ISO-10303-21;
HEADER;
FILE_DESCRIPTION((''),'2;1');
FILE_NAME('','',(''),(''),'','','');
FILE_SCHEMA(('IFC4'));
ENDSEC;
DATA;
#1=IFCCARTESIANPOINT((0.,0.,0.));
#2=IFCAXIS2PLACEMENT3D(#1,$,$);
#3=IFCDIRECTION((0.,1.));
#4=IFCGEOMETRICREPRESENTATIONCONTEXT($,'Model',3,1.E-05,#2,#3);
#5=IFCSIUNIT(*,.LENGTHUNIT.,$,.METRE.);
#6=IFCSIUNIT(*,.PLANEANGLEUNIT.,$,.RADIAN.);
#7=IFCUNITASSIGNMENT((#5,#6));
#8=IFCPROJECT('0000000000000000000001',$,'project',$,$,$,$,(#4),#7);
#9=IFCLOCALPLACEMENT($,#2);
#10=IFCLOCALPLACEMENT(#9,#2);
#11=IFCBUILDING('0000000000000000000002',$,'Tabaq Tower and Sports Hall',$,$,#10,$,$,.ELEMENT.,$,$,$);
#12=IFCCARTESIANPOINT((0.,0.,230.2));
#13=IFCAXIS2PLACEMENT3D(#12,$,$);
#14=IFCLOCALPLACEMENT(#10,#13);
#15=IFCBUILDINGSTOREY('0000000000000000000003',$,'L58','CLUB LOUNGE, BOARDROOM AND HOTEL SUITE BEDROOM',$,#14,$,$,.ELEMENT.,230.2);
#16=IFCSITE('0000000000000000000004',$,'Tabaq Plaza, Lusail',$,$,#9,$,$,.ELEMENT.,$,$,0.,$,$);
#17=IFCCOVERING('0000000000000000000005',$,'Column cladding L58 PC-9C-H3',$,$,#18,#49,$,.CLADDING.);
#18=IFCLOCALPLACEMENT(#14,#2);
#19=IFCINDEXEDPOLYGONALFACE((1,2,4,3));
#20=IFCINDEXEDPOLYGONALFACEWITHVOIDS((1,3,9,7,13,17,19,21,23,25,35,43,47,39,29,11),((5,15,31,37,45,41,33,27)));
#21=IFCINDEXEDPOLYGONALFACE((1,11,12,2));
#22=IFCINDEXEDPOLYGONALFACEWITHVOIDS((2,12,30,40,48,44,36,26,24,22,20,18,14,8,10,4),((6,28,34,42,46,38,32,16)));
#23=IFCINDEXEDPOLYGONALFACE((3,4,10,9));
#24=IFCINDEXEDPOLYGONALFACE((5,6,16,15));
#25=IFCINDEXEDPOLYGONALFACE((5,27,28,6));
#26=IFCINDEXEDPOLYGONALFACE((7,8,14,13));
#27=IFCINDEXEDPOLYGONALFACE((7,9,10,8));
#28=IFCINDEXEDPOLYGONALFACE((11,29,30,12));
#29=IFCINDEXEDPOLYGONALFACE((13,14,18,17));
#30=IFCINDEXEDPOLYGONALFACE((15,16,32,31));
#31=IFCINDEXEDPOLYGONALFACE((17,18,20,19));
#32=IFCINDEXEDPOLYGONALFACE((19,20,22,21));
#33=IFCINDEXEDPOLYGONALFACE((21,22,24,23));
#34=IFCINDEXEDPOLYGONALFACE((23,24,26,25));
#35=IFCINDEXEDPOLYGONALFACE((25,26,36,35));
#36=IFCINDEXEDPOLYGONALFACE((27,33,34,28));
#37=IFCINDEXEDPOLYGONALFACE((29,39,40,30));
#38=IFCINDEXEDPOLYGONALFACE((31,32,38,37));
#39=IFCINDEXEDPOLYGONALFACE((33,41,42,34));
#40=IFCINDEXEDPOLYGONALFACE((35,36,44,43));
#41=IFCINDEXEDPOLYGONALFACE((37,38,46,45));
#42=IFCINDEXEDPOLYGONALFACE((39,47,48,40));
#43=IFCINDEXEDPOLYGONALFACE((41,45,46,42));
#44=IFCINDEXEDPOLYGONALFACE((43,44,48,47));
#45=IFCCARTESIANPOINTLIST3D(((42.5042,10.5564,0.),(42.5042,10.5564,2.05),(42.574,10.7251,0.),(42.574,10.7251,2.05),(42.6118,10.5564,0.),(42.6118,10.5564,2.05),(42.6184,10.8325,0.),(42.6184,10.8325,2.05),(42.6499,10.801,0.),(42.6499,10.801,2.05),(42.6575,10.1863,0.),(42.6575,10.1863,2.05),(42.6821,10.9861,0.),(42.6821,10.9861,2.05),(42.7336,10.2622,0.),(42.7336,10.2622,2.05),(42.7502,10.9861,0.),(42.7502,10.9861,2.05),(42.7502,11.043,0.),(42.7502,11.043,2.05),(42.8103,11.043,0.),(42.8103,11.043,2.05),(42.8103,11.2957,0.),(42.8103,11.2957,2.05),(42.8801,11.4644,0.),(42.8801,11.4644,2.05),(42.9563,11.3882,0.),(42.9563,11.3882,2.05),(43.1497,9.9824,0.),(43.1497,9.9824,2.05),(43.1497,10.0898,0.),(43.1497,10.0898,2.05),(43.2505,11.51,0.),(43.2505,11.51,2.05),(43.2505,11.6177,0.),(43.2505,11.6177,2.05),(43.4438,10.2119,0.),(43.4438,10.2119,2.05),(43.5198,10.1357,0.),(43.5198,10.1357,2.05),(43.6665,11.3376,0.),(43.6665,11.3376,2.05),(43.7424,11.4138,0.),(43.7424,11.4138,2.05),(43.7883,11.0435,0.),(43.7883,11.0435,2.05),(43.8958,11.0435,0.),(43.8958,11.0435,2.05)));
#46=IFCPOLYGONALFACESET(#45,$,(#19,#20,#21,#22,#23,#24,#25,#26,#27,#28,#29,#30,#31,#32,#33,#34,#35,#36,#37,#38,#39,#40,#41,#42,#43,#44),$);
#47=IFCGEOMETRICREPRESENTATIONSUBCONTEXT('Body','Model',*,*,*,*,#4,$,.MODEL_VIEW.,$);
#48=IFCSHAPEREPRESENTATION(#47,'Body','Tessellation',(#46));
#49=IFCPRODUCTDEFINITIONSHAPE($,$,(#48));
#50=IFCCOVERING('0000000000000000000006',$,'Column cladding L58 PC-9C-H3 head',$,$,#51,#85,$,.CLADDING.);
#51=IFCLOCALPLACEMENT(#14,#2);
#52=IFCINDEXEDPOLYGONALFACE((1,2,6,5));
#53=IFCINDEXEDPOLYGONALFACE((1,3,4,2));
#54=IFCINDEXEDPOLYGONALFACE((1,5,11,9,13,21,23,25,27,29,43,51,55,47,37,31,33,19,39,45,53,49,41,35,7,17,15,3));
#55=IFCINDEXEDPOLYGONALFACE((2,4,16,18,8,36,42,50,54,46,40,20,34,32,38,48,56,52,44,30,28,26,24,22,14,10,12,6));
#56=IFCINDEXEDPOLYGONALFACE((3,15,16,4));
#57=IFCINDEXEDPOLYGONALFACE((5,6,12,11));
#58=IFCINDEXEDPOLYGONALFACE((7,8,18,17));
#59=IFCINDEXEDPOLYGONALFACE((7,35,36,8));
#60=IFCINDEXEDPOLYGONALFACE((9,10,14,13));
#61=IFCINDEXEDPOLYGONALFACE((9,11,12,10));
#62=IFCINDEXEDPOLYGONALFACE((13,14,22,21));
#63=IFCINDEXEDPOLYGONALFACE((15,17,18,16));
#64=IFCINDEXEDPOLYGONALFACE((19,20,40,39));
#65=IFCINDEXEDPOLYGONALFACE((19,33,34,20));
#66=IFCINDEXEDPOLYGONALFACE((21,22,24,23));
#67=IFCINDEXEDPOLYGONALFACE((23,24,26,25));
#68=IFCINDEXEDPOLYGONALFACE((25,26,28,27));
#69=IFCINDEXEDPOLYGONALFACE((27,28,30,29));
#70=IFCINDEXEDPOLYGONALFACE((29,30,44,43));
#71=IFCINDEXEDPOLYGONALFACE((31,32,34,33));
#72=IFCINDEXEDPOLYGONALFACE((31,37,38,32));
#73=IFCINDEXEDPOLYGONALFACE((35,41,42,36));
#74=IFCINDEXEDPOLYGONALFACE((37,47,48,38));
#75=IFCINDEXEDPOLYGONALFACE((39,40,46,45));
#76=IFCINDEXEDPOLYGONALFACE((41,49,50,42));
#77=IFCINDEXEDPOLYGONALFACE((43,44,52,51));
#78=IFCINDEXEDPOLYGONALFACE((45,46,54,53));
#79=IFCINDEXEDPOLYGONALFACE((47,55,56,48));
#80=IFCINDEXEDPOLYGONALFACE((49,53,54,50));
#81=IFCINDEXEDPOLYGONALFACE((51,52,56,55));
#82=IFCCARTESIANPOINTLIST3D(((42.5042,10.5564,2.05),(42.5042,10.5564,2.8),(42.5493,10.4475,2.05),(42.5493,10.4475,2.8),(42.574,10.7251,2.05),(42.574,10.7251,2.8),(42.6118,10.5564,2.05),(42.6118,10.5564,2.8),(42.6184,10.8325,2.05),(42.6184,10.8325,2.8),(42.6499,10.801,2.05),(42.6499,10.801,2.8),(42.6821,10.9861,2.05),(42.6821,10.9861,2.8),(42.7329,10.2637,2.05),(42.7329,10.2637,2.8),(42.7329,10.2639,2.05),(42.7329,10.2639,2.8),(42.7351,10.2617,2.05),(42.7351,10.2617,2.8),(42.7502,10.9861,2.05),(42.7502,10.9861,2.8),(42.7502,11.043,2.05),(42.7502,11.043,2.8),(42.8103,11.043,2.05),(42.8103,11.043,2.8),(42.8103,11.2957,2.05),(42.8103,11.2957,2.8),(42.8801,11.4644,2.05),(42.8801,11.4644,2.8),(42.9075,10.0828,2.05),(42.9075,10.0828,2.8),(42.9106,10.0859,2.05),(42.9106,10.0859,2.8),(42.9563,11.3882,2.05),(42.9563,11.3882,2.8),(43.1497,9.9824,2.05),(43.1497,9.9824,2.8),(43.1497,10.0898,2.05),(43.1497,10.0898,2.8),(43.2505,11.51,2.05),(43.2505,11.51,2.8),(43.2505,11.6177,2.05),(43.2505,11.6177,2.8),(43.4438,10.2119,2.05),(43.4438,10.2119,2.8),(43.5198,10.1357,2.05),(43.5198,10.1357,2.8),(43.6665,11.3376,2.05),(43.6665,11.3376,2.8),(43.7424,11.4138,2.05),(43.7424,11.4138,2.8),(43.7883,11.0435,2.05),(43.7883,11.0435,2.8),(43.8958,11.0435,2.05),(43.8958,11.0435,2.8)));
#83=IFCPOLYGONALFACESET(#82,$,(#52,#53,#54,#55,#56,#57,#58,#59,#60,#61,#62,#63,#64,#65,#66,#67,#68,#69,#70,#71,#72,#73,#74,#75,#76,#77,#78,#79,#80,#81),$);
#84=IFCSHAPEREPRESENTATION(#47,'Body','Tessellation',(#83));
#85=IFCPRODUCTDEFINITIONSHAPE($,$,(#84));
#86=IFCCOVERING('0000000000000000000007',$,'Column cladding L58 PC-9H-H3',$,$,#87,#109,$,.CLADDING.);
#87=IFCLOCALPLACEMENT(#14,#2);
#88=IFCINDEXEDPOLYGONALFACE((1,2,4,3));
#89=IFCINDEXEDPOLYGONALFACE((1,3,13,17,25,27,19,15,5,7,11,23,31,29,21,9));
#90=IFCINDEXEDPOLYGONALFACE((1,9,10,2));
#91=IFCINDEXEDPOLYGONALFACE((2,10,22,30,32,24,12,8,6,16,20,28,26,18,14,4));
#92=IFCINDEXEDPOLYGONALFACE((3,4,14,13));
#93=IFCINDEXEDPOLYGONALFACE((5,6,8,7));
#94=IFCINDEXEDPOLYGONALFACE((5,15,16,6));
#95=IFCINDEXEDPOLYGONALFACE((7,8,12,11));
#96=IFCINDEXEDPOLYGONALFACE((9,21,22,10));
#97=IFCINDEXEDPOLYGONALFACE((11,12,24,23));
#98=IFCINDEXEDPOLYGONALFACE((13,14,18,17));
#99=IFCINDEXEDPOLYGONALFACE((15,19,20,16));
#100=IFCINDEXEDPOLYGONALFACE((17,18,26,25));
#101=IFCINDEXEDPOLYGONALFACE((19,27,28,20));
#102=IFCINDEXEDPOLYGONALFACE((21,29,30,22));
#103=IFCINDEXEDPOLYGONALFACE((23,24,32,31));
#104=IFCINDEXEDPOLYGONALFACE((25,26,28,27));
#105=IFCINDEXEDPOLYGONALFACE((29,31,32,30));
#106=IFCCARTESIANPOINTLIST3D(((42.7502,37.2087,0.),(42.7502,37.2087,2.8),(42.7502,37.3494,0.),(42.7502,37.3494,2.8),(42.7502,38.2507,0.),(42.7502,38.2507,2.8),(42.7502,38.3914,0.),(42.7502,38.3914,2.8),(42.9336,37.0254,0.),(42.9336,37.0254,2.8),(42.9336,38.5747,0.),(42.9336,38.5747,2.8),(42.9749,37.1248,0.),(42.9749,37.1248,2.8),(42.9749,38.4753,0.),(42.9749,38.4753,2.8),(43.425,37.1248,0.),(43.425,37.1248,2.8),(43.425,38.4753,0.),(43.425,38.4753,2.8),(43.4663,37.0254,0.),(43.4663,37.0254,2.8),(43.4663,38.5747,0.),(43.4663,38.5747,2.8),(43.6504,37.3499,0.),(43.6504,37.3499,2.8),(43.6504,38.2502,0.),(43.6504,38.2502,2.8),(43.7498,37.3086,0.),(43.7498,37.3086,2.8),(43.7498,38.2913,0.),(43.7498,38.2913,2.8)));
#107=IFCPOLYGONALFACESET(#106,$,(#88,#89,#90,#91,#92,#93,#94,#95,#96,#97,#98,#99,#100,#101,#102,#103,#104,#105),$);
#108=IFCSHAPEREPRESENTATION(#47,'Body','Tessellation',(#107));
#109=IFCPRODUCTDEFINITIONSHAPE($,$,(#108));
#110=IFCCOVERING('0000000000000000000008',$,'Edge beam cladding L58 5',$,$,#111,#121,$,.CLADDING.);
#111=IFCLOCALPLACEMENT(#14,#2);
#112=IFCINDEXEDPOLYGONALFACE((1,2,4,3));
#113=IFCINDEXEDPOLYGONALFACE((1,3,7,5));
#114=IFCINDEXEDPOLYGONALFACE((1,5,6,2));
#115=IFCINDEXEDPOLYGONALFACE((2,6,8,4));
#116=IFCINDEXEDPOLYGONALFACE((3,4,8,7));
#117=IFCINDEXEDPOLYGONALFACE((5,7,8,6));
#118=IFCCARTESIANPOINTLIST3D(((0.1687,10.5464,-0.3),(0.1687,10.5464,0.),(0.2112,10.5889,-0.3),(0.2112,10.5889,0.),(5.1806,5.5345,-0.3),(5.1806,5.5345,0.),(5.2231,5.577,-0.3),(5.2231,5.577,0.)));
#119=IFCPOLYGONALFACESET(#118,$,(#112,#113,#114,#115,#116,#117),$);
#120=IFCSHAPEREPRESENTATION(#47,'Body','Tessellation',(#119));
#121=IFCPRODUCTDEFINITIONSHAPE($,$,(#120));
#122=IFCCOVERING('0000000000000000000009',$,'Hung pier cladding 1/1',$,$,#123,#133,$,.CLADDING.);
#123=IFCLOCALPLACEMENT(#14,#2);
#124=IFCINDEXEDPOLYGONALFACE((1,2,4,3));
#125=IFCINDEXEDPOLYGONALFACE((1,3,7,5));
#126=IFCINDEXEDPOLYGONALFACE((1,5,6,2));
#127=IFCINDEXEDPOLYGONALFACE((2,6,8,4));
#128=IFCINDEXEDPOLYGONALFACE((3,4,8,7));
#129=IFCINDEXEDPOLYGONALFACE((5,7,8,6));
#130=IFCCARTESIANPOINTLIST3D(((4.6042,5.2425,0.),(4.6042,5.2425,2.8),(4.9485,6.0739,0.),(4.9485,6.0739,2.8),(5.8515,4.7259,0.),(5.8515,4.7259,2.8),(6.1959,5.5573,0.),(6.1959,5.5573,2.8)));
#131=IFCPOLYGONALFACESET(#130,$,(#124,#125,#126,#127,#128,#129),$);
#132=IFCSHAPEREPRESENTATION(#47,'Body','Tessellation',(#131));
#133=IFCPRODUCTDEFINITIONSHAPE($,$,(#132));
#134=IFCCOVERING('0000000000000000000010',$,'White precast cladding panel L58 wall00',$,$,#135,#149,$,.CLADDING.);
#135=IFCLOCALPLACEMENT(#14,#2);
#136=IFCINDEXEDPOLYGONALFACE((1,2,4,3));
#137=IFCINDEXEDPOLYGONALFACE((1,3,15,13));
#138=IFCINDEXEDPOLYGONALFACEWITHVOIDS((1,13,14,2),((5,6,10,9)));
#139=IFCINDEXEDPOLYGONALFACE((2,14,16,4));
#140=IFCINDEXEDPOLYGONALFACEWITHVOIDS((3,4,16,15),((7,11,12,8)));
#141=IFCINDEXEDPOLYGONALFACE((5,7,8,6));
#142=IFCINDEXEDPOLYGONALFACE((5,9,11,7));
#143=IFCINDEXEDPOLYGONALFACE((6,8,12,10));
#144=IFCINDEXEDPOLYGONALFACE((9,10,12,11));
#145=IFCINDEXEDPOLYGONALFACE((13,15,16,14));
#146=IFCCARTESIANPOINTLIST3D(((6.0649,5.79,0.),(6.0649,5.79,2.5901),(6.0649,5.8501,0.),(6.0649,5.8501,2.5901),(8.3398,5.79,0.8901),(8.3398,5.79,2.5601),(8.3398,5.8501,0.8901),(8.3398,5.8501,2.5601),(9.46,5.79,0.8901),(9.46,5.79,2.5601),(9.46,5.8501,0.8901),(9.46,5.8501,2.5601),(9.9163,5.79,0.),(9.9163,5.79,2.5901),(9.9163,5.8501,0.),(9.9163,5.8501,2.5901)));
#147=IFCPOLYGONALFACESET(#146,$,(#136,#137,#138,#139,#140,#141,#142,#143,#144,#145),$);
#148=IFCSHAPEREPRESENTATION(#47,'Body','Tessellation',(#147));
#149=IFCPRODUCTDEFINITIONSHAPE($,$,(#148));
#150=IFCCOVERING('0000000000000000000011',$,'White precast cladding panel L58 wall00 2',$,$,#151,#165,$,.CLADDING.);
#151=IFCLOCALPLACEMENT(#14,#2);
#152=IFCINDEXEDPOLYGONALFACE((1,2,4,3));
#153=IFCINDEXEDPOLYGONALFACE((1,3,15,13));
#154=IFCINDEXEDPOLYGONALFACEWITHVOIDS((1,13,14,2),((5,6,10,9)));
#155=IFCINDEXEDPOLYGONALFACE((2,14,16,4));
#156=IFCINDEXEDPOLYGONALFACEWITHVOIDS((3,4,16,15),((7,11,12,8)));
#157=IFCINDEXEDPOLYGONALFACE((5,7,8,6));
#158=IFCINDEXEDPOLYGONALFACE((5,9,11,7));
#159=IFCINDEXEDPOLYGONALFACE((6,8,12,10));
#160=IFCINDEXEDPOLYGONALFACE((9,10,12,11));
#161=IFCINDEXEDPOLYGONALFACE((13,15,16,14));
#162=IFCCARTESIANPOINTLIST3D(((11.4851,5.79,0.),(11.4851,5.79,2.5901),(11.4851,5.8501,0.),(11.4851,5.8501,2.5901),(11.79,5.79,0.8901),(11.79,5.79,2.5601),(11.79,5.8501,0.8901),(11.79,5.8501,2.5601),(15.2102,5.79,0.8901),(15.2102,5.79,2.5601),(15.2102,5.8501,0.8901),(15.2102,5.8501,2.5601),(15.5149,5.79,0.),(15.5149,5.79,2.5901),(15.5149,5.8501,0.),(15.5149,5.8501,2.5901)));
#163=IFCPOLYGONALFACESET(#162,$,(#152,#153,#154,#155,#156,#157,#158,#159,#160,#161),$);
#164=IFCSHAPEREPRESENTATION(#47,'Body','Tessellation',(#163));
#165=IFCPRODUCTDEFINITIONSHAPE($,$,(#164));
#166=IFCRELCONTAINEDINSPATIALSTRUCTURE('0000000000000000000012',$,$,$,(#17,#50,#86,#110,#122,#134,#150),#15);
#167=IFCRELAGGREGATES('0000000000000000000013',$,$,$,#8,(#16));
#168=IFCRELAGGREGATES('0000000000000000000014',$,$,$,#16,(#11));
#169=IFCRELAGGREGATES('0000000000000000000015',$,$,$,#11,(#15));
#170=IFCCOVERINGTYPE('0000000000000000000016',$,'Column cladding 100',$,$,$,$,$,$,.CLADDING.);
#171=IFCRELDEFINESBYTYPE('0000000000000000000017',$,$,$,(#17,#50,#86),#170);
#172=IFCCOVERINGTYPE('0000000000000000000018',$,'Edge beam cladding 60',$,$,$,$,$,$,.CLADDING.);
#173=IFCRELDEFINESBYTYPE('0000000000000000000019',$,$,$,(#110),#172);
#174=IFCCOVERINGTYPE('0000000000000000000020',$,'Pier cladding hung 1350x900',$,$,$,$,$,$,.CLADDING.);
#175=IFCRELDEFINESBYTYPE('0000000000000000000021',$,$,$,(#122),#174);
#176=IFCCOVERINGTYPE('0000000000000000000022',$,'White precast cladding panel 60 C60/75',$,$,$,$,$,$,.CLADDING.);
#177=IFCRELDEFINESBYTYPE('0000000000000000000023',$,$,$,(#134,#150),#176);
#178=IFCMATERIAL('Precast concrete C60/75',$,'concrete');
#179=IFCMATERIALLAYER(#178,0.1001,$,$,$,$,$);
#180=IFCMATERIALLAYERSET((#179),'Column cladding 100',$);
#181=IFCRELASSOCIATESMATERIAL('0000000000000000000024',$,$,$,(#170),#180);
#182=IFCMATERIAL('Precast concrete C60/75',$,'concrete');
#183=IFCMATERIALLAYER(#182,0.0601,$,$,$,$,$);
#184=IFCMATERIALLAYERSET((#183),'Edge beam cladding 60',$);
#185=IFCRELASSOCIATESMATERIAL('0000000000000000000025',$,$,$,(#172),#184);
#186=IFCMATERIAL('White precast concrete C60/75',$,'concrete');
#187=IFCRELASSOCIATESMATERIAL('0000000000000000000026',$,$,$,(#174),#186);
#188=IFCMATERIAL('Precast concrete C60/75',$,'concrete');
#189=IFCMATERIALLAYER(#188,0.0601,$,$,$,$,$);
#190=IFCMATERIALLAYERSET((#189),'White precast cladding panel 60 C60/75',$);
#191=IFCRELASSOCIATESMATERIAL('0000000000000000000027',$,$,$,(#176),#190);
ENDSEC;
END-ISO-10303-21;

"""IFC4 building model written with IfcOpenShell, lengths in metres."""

from ifc_helpers import new_model, si_unit, direction, frame, frame_2d, origin, place, context, subcontext, project, spatial, polyline, rectangle, outline, extrude, material, layer, layer_set, type_object, element, save


model = new_model("IFC4")

# Units and contexts
model_context = context("Model", 3, precision=1e-05, world=origin(), true_north=direction((0.0, 1.0)))
body_context = subcontext(model_context, "Body", "Model", "MODEL_VIEW")
ifc_project = project(units=[si_unit("LENGTHUNIT", "METRE"), si_unit("PLANEANGLEUNIT", "RADIAN")], contexts=[model_context])

# Site, building, storey
site_placement = place(None, origin())
site = spatial("IfcSite", under=ifc_project, at=site_placement, Name="Tabaq Plaza, Lusail", CompositionType="ELEMENT", RefElevation=0.0)
building_placement = place(site_placement, origin())
building = spatial("IfcBuilding", under=site, at=building_placement, Name="Tabaq Tower and Sports Hall", CompositionType="ELEMENT")
storey_placement = place(building_placement, frame((0.0, 0.0, 230.2)))
storey = spatial("IfcBuildingStorey", under=building, at=storey_placement, Name="L58", Description="CLUB LOUNGE, BOARDROOM AND HOTEL SUITE BEDROOM", CompositionType="ELEMENT", Elevation=230.2)

# Coverings
ifc_material_1 = material(Name="Precast concrete C60/75", Category="concrete")
ifc_layer_1 = layer(ifc_material_1, 0.1001)
ifc_layer_set_1 = layer_set([ifc_layer_1], Name="Column cladding 100")
covering_type_1 = type_object("IfcCoveringType", Name="Column cladding 100", PredefinedType="CLADDING", material=ifc_layer_set_1)
covering_1_placement = place(storey_placement, origin())
element("IfcCovering", 1, at=covering_1_placement, inside=storey, type_object=covering_type_1, Name="Column cladding L58 PC-9C-H3", PredefinedType="CLADDING", context=body_context, shape_type="SweptSolid", body=[
    extrude(outline(polyline([(42.6575, 10.1863), (42.5042, 10.5564), (42.574, 10.7251), (42.6499, 10.801), (42.6184, 10.8325), (42.6821, 10.9861), (42.7502, 10.9861), (42.7502, 11.043), (42.8103, 11.043), (42.8103, 11.2957), (42.8801, 11.4644), (43.2505, 11.6177), (43.7424, 11.4138), (43.8958, 11.0435), (43.5198, 10.1357), (43.1497, 9.9824), (42.6575, 10.1863)]), holes=[polyline([(43.6665, 11.3376), (43.2505, 11.51), (42.9563, 11.3882), (42.6118, 10.5564), (42.7336, 10.2622), (43.1497, 10.0898), (43.4438, 10.2119), (43.7883, 11.0435), (43.6665, 11.3376)])]), origin(), (0.0, 0.0, 1.0), 2.05),
])
covering_2_placement = place(storey_placement, frame((0.0, 0.0, 2.05)))
element("IfcCovering", 2, at=covering_2_placement, inside=storey, type_object=covering_type_1, Name="Column cladding L58 PC-9C-H3 head", PredefinedType="CLADDING", context=body_context, shape_type="SweptSolid", body=[
    extrude(outline(polyline([(42.5042, 10.5564), (42.574, 10.7251), (42.6499, 10.801), (42.6184, 10.8325), (42.6821, 10.9861), (42.7502, 10.9861), (42.7502, 11.043), (42.8103, 11.043), (42.8103, 11.2957), (42.8801, 11.4644), (43.2505, 11.6177), (43.7424, 11.4138), (43.8958, 11.0435), (43.5198, 10.1357), (43.1497, 9.9824), (42.9075, 10.0828), (42.9106, 10.0859), (42.7351, 10.2617), (43.1497, 10.0898), (43.4438, 10.2119), (43.7883, 11.0435), (43.6665, 11.3376), (43.2505, 11.51), (42.9563, 11.3882), (42.6118, 10.5564), (42.7329, 10.2639), (42.7329, 10.2637), (42.5493, 10.4475), (42.5042, 10.5564)])), origin(), (0.0, 0.0, 1.0), 0.75),
])
covering_3_placement = place(storey_placement, origin())
element("IfcCovering", 3, at=covering_3_placement, inside=storey, type_object=covering_type_1, Name="Column cladding L58 PC-9H-H3", PredefinedType="CLADDING", context=body_context, shape_type="SweptSolid", body=[
    extrude(outline(polyline([(42.9336, 37.0254), (42.7502, 37.2087), (42.7502, 37.3494), (42.9749, 37.1248), (43.425, 37.1248), (43.6504, 37.3499), (43.6504, 38.2502), (43.425, 38.4753), (42.9749, 38.4753), (42.7502, 38.2507), (42.7502, 38.3914), (42.9336, 38.5747), (43.4663, 38.5747), (43.7498, 38.2913), (43.7498, 37.3086), (43.4663, 37.0254), (42.9336, 37.0254)])), origin(), (0.0, 0.0, 1.0), 2.8),
])
ifc_material_2 = material(Name="Precast concrete C60/75", Category="concrete")
ifc_layer_2 = layer(ifc_material_2, 0.0601)
ifc_layer_set_2 = layer_set([ifc_layer_2], Name="Edge beam cladding 60")
covering_type_2 = type_object("IfcCoveringType", Name="Edge beam cladding 60", PredefinedType="CLADDING", material=ifc_layer_set_2)
covering_4_placement = place(storey_placement, frame((0.1899, 10.5676, -0.3), z_axis=(0.0, 0.0, 1.0), x_axis=(0.707107, -0.707107, 0.0)))
element("IfcCovering", 4, at=covering_4_placement, inside=storey, type_object=covering_type_2, Name="Edge beam cladding L58 5", PredefinedType="CLADDING", context=body_context, shape_type="SweptSolid", body=[
    extrude(rectangle(XDim=7.0879, YDim=0.0601, at=frame_2d((3.5439, 0.0))), origin(), (0.0, 0.0, 1.0), 0.3),
])
ifc_material_3 = material(Name="White precast concrete C60/75", Category="concrete")
covering_type_3 = type_object("IfcCoveringType", Name="Pier cladding hung 1350x900", PredefinedType="CLADDING", material=ifc_material_3)
covering_5_placement = place(storey_placement, frame((4.7764, 5.6582, 0.0), z_axis=(0.0, 0.0, 1.0), x_axis=(0.923893, -0.38265, 0.0)))
element("IfcCovering", 5, at=covering_5_placement, inside=storey, type_object=covering_type_3, Name="Hung pier cladding 1/1", PredefinedType="CLADDING", context=body_context, shape_type="SweptSolid", body=[
    extrude(rectangle(XDim=1.3501, YDim=0.8999, at=frame_2d((0.675, 0.0))), origin(), (0.0, 0.0, 1.0), 2.8),
])
ifc_material_4 = material(Name="Precast concrete C60/75", Category="concrete")
ifc_layer_3 = layer(ifc_material_4, 0.0601)
ifc_layer_set_3 = layer_set([ifc_layer_3], Name="White precast cladding panel 60 C60/75")
covering_type_4 = type_object("IfcCoveringType", Name="White precast cladding panel 60 C60/75", PredefinedType="CLADDING", material=ifc_layer_set_3)
covering_6_placement = place(storey_placement, frame((6.0649, 5.8201, 0.0), z_axis=(0.0, 0.0, 1.0), x_axis=(1.0, 0.0, 0.0)))
element("IfcCovering", 6, at=covering_6_placement, inside=storey, type_object=covering_type_4, Name="White precast cladding panel L58 wall00", PredefinedType="CLADDING", context=body_context, shape_type="SweptSolid", body=[
    extrude(outline(polyline([(0.0, 0.0), (3.8513, 0.0), (3.8513, 2.5901), (0.0, 2.5901), (0.0, 0.0)]), holes=[polyline([(3.395, 0.8901), (2.2749, 0.8901), (2.2749, 2.5601), (3.395, 2.5601), (3.395, 0.8901)])]), frame((0.0, 0.03, 0.0), z_axis=(0.0, -1.0, 0.0), x_axis=(1.0, 0.0, 0.0)), (0.0, 0.0, 1.0), 0.0601),
])
covering_7_placement = place(storey_placement, frame((11.4851, 5.8201, 0.0), z_axis=(0.0, 0.0, 1.0), x_axis=(1.0, 0.0, 0.0)))
element("IfcCovering", 7, at=covering_7_placement, inside=storey, type_object=covering_type_4, Name="White precast cladding panel L58 wall00 2", PredefinedType="CLADDING", context=body_context, shape_type="SweptSolid", body=[
    extrude(outline(polyline([(0.0, 0.0), (4.0298, 0.0), (4.0298, 2.5901), (0.0, 2.5901), (0.0, 0.0)]), holes=[polyline([(3.7251, 0.8901), (0.3049, 0.8901), (0.3049, 2.5601), (3.7251, 2.5601), (3.7251, 0.8901)])]), frame((0.0, 0.03, 0.0), z_axis=(0.0, -1.0, 0.0), x_axis=(1.0, 0.0, 0.0)), (0.0, 0.0, 1.0), 0.0601),
])

save(model, "model.ifc")
